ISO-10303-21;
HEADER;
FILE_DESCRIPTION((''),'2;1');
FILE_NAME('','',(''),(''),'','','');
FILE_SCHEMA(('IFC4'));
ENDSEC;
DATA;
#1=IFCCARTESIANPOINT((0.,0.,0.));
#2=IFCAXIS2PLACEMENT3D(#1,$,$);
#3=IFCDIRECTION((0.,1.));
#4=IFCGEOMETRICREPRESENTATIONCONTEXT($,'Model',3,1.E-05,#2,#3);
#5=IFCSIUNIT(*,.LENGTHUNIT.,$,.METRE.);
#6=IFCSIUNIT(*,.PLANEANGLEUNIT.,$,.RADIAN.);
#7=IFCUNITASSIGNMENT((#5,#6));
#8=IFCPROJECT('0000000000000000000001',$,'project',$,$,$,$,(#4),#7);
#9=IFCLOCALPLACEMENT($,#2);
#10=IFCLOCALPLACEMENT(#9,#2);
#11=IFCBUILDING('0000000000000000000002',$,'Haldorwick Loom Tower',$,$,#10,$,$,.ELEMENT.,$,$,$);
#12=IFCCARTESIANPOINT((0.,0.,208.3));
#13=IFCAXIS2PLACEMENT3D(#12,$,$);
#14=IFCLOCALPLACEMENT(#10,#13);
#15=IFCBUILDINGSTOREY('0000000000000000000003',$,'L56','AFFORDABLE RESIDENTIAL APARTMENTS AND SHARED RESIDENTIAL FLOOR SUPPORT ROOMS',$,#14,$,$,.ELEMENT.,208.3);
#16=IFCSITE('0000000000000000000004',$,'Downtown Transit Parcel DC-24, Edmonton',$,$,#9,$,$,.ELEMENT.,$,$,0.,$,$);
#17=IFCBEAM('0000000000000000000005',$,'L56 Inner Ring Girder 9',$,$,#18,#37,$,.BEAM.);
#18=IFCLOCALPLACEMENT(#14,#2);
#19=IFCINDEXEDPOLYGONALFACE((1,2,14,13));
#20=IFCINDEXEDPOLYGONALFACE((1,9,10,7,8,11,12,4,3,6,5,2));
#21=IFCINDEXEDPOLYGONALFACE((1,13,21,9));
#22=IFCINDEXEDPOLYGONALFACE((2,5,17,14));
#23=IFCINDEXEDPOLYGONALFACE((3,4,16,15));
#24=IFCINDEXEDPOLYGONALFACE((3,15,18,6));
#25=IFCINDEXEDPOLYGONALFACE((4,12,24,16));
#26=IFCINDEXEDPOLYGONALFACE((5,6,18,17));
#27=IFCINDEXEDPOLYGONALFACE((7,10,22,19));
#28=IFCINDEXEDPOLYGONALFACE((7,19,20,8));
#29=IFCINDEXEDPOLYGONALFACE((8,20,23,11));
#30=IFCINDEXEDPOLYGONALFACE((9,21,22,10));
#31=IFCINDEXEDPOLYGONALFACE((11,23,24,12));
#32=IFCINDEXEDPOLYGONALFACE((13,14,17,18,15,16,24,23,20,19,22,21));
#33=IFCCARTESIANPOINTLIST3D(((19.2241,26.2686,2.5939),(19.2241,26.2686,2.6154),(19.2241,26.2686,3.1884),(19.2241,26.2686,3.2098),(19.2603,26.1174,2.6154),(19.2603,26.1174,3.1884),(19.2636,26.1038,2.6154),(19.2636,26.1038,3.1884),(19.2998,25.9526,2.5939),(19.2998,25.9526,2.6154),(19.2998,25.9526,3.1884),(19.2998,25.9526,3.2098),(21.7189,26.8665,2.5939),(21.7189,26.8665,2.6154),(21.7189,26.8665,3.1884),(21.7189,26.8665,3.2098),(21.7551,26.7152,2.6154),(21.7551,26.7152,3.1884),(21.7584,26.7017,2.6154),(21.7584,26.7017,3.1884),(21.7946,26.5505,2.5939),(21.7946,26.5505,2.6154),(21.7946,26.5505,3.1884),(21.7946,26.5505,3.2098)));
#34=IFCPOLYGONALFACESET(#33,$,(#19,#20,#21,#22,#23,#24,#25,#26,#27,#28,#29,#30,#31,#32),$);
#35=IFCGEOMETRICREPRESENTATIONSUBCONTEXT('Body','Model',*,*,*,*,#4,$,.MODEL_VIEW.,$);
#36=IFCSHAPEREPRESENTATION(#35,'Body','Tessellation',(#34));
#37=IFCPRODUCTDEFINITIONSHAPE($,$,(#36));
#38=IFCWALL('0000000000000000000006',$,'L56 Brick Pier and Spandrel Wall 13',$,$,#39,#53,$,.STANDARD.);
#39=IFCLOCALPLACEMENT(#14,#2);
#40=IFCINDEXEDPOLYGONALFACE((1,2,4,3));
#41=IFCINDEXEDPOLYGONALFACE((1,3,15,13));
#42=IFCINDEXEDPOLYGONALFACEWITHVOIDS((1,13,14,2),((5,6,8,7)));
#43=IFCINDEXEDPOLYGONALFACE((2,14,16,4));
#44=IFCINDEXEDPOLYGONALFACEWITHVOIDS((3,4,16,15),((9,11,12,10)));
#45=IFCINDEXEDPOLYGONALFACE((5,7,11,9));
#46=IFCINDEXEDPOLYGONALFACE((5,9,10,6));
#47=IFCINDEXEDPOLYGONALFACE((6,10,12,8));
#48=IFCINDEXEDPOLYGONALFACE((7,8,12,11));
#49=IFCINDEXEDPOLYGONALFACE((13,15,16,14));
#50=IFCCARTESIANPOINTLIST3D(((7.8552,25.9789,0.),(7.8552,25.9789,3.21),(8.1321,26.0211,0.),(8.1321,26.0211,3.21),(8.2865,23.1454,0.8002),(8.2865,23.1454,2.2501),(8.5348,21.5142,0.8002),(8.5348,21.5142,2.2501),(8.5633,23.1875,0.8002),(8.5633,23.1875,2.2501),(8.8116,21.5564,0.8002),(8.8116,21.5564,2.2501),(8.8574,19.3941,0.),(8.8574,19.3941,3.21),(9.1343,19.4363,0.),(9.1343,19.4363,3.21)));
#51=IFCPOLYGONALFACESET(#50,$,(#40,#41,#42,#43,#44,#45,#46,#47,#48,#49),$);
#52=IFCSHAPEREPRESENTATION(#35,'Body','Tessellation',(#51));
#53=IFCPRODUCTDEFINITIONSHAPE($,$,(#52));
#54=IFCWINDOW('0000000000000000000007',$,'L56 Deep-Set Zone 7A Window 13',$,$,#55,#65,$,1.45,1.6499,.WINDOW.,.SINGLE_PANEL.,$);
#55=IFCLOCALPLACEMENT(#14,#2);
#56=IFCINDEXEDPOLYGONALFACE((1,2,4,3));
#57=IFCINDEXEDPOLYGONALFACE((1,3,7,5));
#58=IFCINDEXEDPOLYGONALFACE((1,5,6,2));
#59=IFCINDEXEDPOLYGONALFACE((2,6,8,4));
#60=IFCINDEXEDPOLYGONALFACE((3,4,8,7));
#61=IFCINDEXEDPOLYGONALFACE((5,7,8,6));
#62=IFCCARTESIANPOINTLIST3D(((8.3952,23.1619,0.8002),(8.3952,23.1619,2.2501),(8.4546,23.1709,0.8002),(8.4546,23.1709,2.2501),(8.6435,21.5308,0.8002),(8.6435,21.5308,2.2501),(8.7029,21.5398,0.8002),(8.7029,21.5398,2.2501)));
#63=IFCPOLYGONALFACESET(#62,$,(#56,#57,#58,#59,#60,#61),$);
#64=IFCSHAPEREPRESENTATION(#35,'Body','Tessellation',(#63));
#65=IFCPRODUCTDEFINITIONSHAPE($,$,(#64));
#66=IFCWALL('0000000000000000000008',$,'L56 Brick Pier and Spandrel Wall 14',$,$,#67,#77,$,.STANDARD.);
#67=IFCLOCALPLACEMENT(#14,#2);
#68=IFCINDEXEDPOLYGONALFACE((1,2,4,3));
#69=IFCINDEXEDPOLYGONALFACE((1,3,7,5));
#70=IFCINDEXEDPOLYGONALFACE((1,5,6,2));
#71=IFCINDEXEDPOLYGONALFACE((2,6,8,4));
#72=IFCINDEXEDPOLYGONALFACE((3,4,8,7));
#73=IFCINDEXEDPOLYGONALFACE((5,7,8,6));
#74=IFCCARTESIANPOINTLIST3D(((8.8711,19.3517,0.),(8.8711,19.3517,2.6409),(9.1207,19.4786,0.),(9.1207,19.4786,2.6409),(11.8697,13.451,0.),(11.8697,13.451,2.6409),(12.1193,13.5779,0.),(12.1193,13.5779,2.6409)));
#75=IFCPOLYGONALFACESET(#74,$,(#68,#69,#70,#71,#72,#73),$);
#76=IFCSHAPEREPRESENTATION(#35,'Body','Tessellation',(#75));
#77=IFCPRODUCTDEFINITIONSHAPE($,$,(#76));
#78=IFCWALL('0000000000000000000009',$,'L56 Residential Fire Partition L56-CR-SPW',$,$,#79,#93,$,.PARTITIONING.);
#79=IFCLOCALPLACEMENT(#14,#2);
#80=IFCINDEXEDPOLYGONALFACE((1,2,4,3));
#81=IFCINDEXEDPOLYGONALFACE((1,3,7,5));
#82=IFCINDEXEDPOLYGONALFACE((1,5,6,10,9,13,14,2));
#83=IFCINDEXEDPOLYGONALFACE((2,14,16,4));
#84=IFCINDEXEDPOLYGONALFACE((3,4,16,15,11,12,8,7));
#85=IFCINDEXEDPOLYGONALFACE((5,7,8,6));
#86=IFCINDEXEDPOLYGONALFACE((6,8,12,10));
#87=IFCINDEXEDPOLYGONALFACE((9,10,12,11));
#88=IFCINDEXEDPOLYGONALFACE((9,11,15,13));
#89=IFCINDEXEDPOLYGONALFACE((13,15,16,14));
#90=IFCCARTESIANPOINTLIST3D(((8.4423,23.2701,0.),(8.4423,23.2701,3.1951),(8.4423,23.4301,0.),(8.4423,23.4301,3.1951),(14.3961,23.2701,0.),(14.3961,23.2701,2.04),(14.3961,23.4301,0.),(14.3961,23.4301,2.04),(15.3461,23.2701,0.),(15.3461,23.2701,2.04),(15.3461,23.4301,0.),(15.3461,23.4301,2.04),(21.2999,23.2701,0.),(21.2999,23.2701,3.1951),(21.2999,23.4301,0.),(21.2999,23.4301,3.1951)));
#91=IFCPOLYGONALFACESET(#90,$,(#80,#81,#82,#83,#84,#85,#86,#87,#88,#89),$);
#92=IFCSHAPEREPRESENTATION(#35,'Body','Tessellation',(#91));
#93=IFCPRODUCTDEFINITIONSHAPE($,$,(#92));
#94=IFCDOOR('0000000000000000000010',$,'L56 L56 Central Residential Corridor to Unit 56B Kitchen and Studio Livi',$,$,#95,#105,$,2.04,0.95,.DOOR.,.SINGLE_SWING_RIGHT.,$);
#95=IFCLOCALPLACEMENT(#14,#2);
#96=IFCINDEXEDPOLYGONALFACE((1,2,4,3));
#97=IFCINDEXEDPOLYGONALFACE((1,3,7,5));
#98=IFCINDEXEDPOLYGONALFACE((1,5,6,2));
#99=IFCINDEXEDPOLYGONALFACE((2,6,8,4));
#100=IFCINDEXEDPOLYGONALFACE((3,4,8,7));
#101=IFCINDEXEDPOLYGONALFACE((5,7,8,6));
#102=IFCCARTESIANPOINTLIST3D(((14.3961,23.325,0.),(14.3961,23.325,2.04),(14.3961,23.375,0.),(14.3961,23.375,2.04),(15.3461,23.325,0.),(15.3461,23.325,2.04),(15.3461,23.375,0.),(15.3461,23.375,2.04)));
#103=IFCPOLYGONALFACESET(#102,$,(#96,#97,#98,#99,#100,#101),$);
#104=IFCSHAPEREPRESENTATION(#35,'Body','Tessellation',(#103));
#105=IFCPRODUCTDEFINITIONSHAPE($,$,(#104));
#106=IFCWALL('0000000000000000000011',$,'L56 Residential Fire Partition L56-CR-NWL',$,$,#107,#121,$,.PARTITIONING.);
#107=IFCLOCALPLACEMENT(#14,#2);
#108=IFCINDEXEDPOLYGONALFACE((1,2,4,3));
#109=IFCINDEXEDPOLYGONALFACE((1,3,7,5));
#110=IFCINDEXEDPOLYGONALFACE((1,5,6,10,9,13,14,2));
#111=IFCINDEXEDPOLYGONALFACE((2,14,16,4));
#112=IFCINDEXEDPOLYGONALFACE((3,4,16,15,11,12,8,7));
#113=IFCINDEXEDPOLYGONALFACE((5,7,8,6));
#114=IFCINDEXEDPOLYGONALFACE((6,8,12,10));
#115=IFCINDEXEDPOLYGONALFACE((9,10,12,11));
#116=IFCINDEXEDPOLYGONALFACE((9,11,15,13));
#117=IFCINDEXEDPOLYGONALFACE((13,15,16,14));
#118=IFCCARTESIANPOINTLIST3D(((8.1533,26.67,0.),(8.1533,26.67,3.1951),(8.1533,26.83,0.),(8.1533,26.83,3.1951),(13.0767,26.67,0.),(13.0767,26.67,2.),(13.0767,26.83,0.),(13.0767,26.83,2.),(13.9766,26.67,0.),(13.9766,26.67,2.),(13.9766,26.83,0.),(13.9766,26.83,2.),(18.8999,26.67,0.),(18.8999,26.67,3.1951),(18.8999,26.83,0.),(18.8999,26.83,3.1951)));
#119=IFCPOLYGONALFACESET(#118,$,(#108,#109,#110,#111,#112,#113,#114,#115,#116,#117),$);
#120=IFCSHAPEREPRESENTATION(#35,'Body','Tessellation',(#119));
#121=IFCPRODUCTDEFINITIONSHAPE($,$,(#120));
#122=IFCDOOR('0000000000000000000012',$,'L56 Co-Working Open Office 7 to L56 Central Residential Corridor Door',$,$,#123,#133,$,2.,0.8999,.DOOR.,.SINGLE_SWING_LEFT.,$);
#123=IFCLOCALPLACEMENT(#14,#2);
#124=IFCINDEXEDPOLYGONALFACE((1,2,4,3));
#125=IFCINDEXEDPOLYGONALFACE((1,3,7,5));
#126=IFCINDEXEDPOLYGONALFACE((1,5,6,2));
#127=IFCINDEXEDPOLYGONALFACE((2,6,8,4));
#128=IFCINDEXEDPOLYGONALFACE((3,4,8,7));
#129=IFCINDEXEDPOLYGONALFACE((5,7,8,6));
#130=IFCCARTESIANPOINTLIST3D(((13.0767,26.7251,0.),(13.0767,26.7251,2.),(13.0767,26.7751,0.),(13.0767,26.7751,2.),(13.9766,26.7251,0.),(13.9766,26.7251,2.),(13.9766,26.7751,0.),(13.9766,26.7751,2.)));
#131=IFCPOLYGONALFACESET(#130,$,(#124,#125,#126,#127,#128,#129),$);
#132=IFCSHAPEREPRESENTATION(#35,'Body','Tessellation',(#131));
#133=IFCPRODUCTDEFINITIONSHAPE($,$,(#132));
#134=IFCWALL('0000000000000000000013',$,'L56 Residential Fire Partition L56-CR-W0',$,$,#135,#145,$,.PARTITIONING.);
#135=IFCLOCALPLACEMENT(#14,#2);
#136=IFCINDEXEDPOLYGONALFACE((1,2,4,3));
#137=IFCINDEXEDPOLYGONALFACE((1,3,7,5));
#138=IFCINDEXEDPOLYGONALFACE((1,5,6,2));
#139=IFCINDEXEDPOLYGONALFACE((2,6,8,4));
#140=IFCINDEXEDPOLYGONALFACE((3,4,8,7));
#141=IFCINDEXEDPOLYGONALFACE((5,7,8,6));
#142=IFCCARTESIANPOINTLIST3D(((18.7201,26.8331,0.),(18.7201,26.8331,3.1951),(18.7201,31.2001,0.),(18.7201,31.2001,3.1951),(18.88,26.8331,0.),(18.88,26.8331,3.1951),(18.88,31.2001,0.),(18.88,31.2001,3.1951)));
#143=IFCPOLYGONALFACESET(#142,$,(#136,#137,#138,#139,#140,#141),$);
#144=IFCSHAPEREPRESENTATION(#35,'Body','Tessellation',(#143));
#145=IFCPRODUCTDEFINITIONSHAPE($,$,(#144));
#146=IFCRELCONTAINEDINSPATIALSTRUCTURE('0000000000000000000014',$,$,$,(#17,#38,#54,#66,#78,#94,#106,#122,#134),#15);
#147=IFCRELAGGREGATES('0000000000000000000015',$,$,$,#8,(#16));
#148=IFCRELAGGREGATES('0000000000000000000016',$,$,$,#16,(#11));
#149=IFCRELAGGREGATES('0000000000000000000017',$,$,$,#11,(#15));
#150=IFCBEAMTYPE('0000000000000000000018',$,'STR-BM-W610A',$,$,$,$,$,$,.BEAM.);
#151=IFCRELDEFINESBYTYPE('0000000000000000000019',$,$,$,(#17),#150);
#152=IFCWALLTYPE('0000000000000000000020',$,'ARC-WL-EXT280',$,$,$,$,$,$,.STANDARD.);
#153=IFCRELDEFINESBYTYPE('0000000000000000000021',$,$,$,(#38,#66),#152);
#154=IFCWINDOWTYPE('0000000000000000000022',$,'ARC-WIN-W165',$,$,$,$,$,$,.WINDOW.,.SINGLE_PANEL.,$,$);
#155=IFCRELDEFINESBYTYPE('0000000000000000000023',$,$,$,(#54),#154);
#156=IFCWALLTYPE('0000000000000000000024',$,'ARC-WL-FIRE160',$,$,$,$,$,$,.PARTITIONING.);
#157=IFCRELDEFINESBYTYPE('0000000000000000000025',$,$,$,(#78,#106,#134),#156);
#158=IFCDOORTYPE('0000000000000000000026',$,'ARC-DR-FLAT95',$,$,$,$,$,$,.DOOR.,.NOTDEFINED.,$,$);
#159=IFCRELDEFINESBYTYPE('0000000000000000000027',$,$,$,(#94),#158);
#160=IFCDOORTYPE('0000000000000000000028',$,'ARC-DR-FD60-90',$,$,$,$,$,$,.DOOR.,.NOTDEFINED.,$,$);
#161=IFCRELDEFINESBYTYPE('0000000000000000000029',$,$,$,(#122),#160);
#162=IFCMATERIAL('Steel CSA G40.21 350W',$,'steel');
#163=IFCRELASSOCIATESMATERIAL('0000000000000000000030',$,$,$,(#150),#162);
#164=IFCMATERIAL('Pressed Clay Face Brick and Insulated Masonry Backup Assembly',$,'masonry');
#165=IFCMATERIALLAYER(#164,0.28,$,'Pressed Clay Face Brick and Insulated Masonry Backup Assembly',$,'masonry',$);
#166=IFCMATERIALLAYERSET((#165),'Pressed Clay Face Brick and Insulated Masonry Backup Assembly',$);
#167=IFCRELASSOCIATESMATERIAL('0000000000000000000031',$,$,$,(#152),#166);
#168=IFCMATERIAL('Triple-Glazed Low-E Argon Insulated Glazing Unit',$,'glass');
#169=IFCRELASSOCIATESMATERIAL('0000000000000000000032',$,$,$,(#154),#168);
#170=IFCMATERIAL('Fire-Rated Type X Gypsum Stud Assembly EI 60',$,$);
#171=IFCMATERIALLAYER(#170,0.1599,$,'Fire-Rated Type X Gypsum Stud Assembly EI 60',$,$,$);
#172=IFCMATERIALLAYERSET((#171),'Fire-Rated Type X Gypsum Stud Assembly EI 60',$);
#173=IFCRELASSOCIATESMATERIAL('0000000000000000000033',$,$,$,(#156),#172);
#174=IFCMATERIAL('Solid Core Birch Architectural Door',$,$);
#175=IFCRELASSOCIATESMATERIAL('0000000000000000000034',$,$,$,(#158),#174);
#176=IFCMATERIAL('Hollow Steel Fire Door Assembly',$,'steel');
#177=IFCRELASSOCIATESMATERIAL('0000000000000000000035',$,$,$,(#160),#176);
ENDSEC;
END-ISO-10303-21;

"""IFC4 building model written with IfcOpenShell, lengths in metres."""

from ifc_helpers import new_model, si_unit, direction, frame, frame_2d, origin, origin_2d, place, context, subcontext, project, spatial, rectangle, i_section, extrude, material, layer, layer_set, material_profile, profile_set, type_object, element, fill, save


model = new_model("IFC4")

# Units and contexts
model_context = context("Model", 3, precision=1e-05, world=origin(), true_north=direction((0.0, 1.0)))
body_context = subcontext(model_context, "Body", "Model", "MODEL_VIEW")
ifc_project = project(units=[si_unit("LENGTHUNIT", "METRE"), si_unit("PLANEANGLEUNIT", "RADIAN")], contexts=[model_context])

# Site, building, storey
site_placement = place(None, origin())
site = spatial("IfcSite", under=ifc_project, at=site_placement, Name="Downtown Transit Parcel DC-24, Edmonton", CompositionType="ELEMENT", RefElevation=0.0)
building_placement = place(site_placement, origin())
building = spatial("IfcBuilding", under=site, at=building_placement, Name="Haldorwick Loom Tower", CompositionType="ELEMENT")
storey_placement = place(building_placement, frame((0.0, 0.0, 208.3)))
storey = spatial("IfcBuildingStorey", under=building, at=storey_placement, Name="L56", Description="AFFORDABLE RESIDENTIAL APARTMENTS AND SHARED RESIDENTIAL FLOOR SUPPORT ROOMS", CompositionType="ELEMENT", Elevation=208.3)

# Beam
ifc_material_1 = material(Name="Steel CSA G40.21 350W", Category="steel")
ifc_material_profile_1 = material_profile(ifc_material_1, i_section(OverallWidth=0.325, OverallDepth=0.616, WebThickness=0.0139, FlangeThickness=0.0215, at=origin_2d()), Name="W610X174", Category="steel")
ifc_profile_set_1 = profile_set([ifc_material_profile_1], Name="Steel CSA G40.21 350W")
beam_type_1 = type_object("IfcBeamType", Name="STR-BM-W610A", PredefinedType="BEAM", material=ifc_profile_set_1)
beam_1_placement = place(storey_placement, frame((19.262, 26.1106, 2.9019), z_axis=(0.972464, 0.233053, 0.0), x_axis=(-0.233053, 0.972464, 0.0)))
element("IfcBeam", 1, at=beam_1_placement, inside=storey, type_object=beam_type_1, Name="L56 Inner Ring Girder 9", PredefinedType="BEAM", context=body_context, shape_type="SweptSolid", body=[
    extrude(i_section(OverallWidth=0.325, OverallDepth=0.616, WebThickness=0.0139, FlangeThickness=0.0215, at=origin_2d()), origin(), (0.0, 0.0, 1.0), 2.5654),
])

# Wall, opening, window
ifc_material_2 = material(Name="Pressed Clay Face Brick and Insulated Masonry Backup Assembly", Category="masonry")
ifc_layer_1 = layer(ifc_material_2, 0.28, Name="Pressed Clay Face Brick and Insulated Masonry Backup Assembly", Category="masonry")
ifc_layer_set_1 = layer_set([ifc_layer_1], Name="Pressed Clay Face Brick and Insulated Masonry Backup Assembly")
wall_type_1 = type_object("IfcWallType", Name="ARC-WL-EXT280", PredefinedType="STANDARD", material=ifc_layer_set_1)
wall_1_placement = place(storey_placement, frame((7.9937, 26.0, 0.0), z_axis=(0.0, 0.0, 1.0), x_axis=(0.150468, -0.988615, 0.0)))
wall_1 = element("IfcWall", 2, at=wall_1_placement, inside=storey, type_object=wall_type_1, Name="L56 Brick Pier and Spandrel Wall 13", PredefinedType="STANDARD", context=body_context, shape_type="SweptSolid", body=[
    extrude(rectangle(XDim=6.6606, YDim=0.28, at=frame_2d((3.3303, 0.0))), origin(), (0.0, 0.0, 1.0), 3.21),
])
opening_1_placement = place(wall_1_placement, frame((2.8662, 0.0, 0.8)))
opening_1 = element("IfcOpeningElement", 3, at=opening_1_placement, cuts=wall_1, PredefinedType="OPENING", context=body_context, shape_type="SweptSolid", body=[
    extrude(rectangle(XDim=1.6499, YDim=1.45, at=frame_2d((0.825, 0.7251))), frame((0.0, 0.1499, 0.0), z_axis=(0.0, -1.0, 0.0), x_axis=(1.0, 0.0, 0.0)), (0.0, 0.0, 1.0), 0.3),
])
ifc_material_3 = material(Name="Triple-Glazed Low-E Argon Insulated Glazing Unit", Category="glass")
window_type = type_object("IfcWindowType", Name="ARC-WIN-W165", PartitioningType="SINGLE_PANEL", PredefinedType="WINDOW", material=ifc_material_3)
window_placement = place(opening_1_placement, origin())
window = element("IfcWindow", 4, at=window_placement, inside=storey, type_object=window_type, Name="L56 Deep-Set Zone 7A Window 13", OverallHeight=1.45, OverallWidth=1.6499, PartitioningType="SINGLE_PANEL", PredefinedType="WINDOW", context=body_context, shape_type="SweptSolid", body=[
    extrude(rectangle(XDim=1.6499, YDim=1.45, at=frame_2d((0.825, 0.7251))), frame((0.0, 0.03, 0.0), z_axis=(0.0, -1.0, 0.0), x_axis=(1.0, 0.0, 0.0)), (0.0, 0.0, 1.0), 0.0601),
])
fill(opening_1, window)

# Wall
wall_2_placement = place(storey_placement, frame((8.9958, 19.4153, 0.0), z_axis=(0.0, 0.0, 1.0), x_axis=(0.453032, -0.891494, 0.0)))
element("IfcWall", 5, at=wall_2_placement, inside=storey, type_object=wall_type_1, Name="L56 Brick Pier and Spandrel Wall 14", PredefinedType="STANDARD", context=body_context, shape_type="SweptSolid", body=[
    extrude(rectangle(XDim=6.6189, YDim=0.28, at=frame_2d((3.3096, 0.0))), origin(), (0.0, 0.0, 1.0), 2.6409),
])

# Walls, openings, doors
ifc_material_4 = material(Name="Fire-Rated Type X Gypsum Stud Assembly EI 60")
ifc_layer_2 = layer(ifc_material_4, 0.1599, Name="Fire-Rated Type X Gypsum Stud Assembly EI 60")
ifc_layer_set_2 = layer_set([ifc_layer_2], Name="Fire-Rated Type X Gypsum Stud Assembly EI 60")
wall_type_2 = type_object("IfcWallType", Name="ARC-WL-FIRE160", PredefinedType="PARTITIONING", material=ifc_layer_set_2)
wall_3_placement = place(storey_placement, frame((8.4424, 23.3501, 0.0), z_axis=(0.0, 0.0, 1.0), x_axis=(1.0, 0.0, 0.0)))
wall_3 = element("IfcWall", 6, at=wall_3_placement, inside=storey, type_object=wall_type_2, Name="L56 Residential Fire Partition L56-CR-SPW", PredefinedType="PARTITIONING", context=body_context, shape_type="SweptSolid", body=[
    extrude(rectangle(XDim=12.8577, YDim=0.1599, at=frame_2d((6.4287, 0.0))), origin(), (0.0, 0.0, 1.0), 3.1951),
])
opening_2_placement = place(wall_3_placement, frame((5.9536, 0.0, 0.0)))
opening_2 = element("IfcOpeningElement", 7, at=opening_2_placement, cuts=wall_3, PredefinedType="OPENING", context=body_context, shape_type="SweptSolid", body=[
    extrude(rectangle(XDim=0.95, YDim=2.04, at=frame_2d((0.4751, 1.02))), frame((0.0, 0.0898, 0.0), z_axis=(0.0, -1.0, 0.0), x_axis=(1.0, 0.0, 0.0)), (0.0, 0.0, 1.0), 0.1799),
])
ifc_material_5 = material(Name="Solid Core Birch Architectural Door")
door_type_1 = type_object("IfcDoorType", Name="ARC-DR-FLAT95", OperationType="NOTDEFINED", PredefinedType="DOOR", material=ifc_material_5)
door_1_placement = place(opening_2_placement, origin())
door_1 = element("IfcDoor", 8, at=door_1_placement, inside=storey, type_object=door_type_1, Name="L56 L56 Central Residential Corridor to Unit 56B Kitchen and Studio Livi", OperationType="SINGLE_SWING_RIGHT", OverallHeight=2.04, OverallWidth=0.95, PredefinedType="DOOR", context=body_context, shape_type="SweptSolid", body=[
    extrude(rectangle(XDim=0.95, YDim=2.04, at=frame_2d((0.4751, 1.02))), frame((0.0, 0.0249, 0.0), z_axis=(0.0, -1.0, 0.0), x_axis=(1.0, 0.0, 0.0)), (0.0, 0.0, 1.0), 0.05),
])
fill(opening_2, door_1)
wall_4_placement = place(storey_placement, frame((8.1533, 26.75, 0.0), z_axis=(0.0, 0.0, 1.0), x_axis=(1.0, 0.0, 0.0)))
wall_4 = element("IfcWall", 9, at=wall_4_placement, inside=storey, type_object=wall_type_2, Name="L56 Residential Fire Partition L56-CR-NWL", PredefinedType="PARTITIONING", context=body_context, shape_type="SweptSolid", body=[
    extrude(rectangle(XDim=10.7466, YDim=0.1599, at=frame_2d((5.3733, 0.0))), origin(), (0.0, 0.0, 1.0), 3.1951),
])
opening_3_placement = place(wall_4_placement, frame((4.9233, 0.0, 0.0)))
opening_3 = element("IfcOpeningElement", 10, at=opening_3_placement, cuts=wall_4, PredefinedType="OPENING", context=body_context, shape_type="SweptSolid", body=[
    extrude(rectangle(XDim=0.8999, YDim=2.0, at=frame_2d((0.45, 1.0))), frame((0.0, 0.0898, 0.0), z_axis=(0.0, -1.0, 0.0), x_axis=(1.0, 0.0, 0.0)), (0.0, 0.0, 1.0), 0.1799),
])
ifc_material_6 = material(Name="Hollow Steel Fire Door Assembly", Category="steel")
door_type_2 = type_object("IfcDoorType", Name="ARC-DR-FD60-90", OperationType="NOTDEFINED", PredefinedType="DOOR", material=ifc_material_6)
door_2_placement = place(opening_3_placement, frame((0.8999, 0.0, 0.0), z_axis=(0.0, 0.0, 1.0), x_axis=(-1.0, 0.0, 0.0)))
door_2 = element("IfcDoor", 11, at=door_2_placement, inside=storey, type_object=door_type_2, Name="L56 Co-Working Open Office 7 to L56 Central Residential Corridor Door", OperationType="SINGLE_SWING_LEFT", OverallHeight=2.0, OverallWidth=0.8999, PredefinedType="DOOR", context=body_context, shape_type="SweptSolid", body=[
    extrude(rectangle(XDim=0.8999, YDim=2.0, at=frame_2d((0.45, 1.0))), frame((0.0, 0.0249, 0.0), z_axis=(0.0, -1.0, 0.0), x_axis=(1.0, 0.0, 0.0)), (0.0, 0.0, 1.0), 0.05),
])
fill(opening_3, door_2)

# Wall
wall_5_placement = place(storey_placement, frame((18.8, 26.833, 0.0), z_axis=(0.0, 0.0, 1.0), x_axis=(0.0, 1.0, 0.0)))
element("IfcWall", 12, at=wall_5_placement, inside=storey, type_object=wall_type_2, Name="L56 Residential Fire Partition L56-CR-W0", PredefinedType="PARTITIONING", context=body_context, shape_type="SweptSolid", body=[
    extrude(rectangle(XDim=4.3669, YDim=0.1599, at=frame_2d((2.1836, 0.0))), origin(), (0.0, 0.0, 1.0), 3.1951),
])

save(model, "model.ifc")
